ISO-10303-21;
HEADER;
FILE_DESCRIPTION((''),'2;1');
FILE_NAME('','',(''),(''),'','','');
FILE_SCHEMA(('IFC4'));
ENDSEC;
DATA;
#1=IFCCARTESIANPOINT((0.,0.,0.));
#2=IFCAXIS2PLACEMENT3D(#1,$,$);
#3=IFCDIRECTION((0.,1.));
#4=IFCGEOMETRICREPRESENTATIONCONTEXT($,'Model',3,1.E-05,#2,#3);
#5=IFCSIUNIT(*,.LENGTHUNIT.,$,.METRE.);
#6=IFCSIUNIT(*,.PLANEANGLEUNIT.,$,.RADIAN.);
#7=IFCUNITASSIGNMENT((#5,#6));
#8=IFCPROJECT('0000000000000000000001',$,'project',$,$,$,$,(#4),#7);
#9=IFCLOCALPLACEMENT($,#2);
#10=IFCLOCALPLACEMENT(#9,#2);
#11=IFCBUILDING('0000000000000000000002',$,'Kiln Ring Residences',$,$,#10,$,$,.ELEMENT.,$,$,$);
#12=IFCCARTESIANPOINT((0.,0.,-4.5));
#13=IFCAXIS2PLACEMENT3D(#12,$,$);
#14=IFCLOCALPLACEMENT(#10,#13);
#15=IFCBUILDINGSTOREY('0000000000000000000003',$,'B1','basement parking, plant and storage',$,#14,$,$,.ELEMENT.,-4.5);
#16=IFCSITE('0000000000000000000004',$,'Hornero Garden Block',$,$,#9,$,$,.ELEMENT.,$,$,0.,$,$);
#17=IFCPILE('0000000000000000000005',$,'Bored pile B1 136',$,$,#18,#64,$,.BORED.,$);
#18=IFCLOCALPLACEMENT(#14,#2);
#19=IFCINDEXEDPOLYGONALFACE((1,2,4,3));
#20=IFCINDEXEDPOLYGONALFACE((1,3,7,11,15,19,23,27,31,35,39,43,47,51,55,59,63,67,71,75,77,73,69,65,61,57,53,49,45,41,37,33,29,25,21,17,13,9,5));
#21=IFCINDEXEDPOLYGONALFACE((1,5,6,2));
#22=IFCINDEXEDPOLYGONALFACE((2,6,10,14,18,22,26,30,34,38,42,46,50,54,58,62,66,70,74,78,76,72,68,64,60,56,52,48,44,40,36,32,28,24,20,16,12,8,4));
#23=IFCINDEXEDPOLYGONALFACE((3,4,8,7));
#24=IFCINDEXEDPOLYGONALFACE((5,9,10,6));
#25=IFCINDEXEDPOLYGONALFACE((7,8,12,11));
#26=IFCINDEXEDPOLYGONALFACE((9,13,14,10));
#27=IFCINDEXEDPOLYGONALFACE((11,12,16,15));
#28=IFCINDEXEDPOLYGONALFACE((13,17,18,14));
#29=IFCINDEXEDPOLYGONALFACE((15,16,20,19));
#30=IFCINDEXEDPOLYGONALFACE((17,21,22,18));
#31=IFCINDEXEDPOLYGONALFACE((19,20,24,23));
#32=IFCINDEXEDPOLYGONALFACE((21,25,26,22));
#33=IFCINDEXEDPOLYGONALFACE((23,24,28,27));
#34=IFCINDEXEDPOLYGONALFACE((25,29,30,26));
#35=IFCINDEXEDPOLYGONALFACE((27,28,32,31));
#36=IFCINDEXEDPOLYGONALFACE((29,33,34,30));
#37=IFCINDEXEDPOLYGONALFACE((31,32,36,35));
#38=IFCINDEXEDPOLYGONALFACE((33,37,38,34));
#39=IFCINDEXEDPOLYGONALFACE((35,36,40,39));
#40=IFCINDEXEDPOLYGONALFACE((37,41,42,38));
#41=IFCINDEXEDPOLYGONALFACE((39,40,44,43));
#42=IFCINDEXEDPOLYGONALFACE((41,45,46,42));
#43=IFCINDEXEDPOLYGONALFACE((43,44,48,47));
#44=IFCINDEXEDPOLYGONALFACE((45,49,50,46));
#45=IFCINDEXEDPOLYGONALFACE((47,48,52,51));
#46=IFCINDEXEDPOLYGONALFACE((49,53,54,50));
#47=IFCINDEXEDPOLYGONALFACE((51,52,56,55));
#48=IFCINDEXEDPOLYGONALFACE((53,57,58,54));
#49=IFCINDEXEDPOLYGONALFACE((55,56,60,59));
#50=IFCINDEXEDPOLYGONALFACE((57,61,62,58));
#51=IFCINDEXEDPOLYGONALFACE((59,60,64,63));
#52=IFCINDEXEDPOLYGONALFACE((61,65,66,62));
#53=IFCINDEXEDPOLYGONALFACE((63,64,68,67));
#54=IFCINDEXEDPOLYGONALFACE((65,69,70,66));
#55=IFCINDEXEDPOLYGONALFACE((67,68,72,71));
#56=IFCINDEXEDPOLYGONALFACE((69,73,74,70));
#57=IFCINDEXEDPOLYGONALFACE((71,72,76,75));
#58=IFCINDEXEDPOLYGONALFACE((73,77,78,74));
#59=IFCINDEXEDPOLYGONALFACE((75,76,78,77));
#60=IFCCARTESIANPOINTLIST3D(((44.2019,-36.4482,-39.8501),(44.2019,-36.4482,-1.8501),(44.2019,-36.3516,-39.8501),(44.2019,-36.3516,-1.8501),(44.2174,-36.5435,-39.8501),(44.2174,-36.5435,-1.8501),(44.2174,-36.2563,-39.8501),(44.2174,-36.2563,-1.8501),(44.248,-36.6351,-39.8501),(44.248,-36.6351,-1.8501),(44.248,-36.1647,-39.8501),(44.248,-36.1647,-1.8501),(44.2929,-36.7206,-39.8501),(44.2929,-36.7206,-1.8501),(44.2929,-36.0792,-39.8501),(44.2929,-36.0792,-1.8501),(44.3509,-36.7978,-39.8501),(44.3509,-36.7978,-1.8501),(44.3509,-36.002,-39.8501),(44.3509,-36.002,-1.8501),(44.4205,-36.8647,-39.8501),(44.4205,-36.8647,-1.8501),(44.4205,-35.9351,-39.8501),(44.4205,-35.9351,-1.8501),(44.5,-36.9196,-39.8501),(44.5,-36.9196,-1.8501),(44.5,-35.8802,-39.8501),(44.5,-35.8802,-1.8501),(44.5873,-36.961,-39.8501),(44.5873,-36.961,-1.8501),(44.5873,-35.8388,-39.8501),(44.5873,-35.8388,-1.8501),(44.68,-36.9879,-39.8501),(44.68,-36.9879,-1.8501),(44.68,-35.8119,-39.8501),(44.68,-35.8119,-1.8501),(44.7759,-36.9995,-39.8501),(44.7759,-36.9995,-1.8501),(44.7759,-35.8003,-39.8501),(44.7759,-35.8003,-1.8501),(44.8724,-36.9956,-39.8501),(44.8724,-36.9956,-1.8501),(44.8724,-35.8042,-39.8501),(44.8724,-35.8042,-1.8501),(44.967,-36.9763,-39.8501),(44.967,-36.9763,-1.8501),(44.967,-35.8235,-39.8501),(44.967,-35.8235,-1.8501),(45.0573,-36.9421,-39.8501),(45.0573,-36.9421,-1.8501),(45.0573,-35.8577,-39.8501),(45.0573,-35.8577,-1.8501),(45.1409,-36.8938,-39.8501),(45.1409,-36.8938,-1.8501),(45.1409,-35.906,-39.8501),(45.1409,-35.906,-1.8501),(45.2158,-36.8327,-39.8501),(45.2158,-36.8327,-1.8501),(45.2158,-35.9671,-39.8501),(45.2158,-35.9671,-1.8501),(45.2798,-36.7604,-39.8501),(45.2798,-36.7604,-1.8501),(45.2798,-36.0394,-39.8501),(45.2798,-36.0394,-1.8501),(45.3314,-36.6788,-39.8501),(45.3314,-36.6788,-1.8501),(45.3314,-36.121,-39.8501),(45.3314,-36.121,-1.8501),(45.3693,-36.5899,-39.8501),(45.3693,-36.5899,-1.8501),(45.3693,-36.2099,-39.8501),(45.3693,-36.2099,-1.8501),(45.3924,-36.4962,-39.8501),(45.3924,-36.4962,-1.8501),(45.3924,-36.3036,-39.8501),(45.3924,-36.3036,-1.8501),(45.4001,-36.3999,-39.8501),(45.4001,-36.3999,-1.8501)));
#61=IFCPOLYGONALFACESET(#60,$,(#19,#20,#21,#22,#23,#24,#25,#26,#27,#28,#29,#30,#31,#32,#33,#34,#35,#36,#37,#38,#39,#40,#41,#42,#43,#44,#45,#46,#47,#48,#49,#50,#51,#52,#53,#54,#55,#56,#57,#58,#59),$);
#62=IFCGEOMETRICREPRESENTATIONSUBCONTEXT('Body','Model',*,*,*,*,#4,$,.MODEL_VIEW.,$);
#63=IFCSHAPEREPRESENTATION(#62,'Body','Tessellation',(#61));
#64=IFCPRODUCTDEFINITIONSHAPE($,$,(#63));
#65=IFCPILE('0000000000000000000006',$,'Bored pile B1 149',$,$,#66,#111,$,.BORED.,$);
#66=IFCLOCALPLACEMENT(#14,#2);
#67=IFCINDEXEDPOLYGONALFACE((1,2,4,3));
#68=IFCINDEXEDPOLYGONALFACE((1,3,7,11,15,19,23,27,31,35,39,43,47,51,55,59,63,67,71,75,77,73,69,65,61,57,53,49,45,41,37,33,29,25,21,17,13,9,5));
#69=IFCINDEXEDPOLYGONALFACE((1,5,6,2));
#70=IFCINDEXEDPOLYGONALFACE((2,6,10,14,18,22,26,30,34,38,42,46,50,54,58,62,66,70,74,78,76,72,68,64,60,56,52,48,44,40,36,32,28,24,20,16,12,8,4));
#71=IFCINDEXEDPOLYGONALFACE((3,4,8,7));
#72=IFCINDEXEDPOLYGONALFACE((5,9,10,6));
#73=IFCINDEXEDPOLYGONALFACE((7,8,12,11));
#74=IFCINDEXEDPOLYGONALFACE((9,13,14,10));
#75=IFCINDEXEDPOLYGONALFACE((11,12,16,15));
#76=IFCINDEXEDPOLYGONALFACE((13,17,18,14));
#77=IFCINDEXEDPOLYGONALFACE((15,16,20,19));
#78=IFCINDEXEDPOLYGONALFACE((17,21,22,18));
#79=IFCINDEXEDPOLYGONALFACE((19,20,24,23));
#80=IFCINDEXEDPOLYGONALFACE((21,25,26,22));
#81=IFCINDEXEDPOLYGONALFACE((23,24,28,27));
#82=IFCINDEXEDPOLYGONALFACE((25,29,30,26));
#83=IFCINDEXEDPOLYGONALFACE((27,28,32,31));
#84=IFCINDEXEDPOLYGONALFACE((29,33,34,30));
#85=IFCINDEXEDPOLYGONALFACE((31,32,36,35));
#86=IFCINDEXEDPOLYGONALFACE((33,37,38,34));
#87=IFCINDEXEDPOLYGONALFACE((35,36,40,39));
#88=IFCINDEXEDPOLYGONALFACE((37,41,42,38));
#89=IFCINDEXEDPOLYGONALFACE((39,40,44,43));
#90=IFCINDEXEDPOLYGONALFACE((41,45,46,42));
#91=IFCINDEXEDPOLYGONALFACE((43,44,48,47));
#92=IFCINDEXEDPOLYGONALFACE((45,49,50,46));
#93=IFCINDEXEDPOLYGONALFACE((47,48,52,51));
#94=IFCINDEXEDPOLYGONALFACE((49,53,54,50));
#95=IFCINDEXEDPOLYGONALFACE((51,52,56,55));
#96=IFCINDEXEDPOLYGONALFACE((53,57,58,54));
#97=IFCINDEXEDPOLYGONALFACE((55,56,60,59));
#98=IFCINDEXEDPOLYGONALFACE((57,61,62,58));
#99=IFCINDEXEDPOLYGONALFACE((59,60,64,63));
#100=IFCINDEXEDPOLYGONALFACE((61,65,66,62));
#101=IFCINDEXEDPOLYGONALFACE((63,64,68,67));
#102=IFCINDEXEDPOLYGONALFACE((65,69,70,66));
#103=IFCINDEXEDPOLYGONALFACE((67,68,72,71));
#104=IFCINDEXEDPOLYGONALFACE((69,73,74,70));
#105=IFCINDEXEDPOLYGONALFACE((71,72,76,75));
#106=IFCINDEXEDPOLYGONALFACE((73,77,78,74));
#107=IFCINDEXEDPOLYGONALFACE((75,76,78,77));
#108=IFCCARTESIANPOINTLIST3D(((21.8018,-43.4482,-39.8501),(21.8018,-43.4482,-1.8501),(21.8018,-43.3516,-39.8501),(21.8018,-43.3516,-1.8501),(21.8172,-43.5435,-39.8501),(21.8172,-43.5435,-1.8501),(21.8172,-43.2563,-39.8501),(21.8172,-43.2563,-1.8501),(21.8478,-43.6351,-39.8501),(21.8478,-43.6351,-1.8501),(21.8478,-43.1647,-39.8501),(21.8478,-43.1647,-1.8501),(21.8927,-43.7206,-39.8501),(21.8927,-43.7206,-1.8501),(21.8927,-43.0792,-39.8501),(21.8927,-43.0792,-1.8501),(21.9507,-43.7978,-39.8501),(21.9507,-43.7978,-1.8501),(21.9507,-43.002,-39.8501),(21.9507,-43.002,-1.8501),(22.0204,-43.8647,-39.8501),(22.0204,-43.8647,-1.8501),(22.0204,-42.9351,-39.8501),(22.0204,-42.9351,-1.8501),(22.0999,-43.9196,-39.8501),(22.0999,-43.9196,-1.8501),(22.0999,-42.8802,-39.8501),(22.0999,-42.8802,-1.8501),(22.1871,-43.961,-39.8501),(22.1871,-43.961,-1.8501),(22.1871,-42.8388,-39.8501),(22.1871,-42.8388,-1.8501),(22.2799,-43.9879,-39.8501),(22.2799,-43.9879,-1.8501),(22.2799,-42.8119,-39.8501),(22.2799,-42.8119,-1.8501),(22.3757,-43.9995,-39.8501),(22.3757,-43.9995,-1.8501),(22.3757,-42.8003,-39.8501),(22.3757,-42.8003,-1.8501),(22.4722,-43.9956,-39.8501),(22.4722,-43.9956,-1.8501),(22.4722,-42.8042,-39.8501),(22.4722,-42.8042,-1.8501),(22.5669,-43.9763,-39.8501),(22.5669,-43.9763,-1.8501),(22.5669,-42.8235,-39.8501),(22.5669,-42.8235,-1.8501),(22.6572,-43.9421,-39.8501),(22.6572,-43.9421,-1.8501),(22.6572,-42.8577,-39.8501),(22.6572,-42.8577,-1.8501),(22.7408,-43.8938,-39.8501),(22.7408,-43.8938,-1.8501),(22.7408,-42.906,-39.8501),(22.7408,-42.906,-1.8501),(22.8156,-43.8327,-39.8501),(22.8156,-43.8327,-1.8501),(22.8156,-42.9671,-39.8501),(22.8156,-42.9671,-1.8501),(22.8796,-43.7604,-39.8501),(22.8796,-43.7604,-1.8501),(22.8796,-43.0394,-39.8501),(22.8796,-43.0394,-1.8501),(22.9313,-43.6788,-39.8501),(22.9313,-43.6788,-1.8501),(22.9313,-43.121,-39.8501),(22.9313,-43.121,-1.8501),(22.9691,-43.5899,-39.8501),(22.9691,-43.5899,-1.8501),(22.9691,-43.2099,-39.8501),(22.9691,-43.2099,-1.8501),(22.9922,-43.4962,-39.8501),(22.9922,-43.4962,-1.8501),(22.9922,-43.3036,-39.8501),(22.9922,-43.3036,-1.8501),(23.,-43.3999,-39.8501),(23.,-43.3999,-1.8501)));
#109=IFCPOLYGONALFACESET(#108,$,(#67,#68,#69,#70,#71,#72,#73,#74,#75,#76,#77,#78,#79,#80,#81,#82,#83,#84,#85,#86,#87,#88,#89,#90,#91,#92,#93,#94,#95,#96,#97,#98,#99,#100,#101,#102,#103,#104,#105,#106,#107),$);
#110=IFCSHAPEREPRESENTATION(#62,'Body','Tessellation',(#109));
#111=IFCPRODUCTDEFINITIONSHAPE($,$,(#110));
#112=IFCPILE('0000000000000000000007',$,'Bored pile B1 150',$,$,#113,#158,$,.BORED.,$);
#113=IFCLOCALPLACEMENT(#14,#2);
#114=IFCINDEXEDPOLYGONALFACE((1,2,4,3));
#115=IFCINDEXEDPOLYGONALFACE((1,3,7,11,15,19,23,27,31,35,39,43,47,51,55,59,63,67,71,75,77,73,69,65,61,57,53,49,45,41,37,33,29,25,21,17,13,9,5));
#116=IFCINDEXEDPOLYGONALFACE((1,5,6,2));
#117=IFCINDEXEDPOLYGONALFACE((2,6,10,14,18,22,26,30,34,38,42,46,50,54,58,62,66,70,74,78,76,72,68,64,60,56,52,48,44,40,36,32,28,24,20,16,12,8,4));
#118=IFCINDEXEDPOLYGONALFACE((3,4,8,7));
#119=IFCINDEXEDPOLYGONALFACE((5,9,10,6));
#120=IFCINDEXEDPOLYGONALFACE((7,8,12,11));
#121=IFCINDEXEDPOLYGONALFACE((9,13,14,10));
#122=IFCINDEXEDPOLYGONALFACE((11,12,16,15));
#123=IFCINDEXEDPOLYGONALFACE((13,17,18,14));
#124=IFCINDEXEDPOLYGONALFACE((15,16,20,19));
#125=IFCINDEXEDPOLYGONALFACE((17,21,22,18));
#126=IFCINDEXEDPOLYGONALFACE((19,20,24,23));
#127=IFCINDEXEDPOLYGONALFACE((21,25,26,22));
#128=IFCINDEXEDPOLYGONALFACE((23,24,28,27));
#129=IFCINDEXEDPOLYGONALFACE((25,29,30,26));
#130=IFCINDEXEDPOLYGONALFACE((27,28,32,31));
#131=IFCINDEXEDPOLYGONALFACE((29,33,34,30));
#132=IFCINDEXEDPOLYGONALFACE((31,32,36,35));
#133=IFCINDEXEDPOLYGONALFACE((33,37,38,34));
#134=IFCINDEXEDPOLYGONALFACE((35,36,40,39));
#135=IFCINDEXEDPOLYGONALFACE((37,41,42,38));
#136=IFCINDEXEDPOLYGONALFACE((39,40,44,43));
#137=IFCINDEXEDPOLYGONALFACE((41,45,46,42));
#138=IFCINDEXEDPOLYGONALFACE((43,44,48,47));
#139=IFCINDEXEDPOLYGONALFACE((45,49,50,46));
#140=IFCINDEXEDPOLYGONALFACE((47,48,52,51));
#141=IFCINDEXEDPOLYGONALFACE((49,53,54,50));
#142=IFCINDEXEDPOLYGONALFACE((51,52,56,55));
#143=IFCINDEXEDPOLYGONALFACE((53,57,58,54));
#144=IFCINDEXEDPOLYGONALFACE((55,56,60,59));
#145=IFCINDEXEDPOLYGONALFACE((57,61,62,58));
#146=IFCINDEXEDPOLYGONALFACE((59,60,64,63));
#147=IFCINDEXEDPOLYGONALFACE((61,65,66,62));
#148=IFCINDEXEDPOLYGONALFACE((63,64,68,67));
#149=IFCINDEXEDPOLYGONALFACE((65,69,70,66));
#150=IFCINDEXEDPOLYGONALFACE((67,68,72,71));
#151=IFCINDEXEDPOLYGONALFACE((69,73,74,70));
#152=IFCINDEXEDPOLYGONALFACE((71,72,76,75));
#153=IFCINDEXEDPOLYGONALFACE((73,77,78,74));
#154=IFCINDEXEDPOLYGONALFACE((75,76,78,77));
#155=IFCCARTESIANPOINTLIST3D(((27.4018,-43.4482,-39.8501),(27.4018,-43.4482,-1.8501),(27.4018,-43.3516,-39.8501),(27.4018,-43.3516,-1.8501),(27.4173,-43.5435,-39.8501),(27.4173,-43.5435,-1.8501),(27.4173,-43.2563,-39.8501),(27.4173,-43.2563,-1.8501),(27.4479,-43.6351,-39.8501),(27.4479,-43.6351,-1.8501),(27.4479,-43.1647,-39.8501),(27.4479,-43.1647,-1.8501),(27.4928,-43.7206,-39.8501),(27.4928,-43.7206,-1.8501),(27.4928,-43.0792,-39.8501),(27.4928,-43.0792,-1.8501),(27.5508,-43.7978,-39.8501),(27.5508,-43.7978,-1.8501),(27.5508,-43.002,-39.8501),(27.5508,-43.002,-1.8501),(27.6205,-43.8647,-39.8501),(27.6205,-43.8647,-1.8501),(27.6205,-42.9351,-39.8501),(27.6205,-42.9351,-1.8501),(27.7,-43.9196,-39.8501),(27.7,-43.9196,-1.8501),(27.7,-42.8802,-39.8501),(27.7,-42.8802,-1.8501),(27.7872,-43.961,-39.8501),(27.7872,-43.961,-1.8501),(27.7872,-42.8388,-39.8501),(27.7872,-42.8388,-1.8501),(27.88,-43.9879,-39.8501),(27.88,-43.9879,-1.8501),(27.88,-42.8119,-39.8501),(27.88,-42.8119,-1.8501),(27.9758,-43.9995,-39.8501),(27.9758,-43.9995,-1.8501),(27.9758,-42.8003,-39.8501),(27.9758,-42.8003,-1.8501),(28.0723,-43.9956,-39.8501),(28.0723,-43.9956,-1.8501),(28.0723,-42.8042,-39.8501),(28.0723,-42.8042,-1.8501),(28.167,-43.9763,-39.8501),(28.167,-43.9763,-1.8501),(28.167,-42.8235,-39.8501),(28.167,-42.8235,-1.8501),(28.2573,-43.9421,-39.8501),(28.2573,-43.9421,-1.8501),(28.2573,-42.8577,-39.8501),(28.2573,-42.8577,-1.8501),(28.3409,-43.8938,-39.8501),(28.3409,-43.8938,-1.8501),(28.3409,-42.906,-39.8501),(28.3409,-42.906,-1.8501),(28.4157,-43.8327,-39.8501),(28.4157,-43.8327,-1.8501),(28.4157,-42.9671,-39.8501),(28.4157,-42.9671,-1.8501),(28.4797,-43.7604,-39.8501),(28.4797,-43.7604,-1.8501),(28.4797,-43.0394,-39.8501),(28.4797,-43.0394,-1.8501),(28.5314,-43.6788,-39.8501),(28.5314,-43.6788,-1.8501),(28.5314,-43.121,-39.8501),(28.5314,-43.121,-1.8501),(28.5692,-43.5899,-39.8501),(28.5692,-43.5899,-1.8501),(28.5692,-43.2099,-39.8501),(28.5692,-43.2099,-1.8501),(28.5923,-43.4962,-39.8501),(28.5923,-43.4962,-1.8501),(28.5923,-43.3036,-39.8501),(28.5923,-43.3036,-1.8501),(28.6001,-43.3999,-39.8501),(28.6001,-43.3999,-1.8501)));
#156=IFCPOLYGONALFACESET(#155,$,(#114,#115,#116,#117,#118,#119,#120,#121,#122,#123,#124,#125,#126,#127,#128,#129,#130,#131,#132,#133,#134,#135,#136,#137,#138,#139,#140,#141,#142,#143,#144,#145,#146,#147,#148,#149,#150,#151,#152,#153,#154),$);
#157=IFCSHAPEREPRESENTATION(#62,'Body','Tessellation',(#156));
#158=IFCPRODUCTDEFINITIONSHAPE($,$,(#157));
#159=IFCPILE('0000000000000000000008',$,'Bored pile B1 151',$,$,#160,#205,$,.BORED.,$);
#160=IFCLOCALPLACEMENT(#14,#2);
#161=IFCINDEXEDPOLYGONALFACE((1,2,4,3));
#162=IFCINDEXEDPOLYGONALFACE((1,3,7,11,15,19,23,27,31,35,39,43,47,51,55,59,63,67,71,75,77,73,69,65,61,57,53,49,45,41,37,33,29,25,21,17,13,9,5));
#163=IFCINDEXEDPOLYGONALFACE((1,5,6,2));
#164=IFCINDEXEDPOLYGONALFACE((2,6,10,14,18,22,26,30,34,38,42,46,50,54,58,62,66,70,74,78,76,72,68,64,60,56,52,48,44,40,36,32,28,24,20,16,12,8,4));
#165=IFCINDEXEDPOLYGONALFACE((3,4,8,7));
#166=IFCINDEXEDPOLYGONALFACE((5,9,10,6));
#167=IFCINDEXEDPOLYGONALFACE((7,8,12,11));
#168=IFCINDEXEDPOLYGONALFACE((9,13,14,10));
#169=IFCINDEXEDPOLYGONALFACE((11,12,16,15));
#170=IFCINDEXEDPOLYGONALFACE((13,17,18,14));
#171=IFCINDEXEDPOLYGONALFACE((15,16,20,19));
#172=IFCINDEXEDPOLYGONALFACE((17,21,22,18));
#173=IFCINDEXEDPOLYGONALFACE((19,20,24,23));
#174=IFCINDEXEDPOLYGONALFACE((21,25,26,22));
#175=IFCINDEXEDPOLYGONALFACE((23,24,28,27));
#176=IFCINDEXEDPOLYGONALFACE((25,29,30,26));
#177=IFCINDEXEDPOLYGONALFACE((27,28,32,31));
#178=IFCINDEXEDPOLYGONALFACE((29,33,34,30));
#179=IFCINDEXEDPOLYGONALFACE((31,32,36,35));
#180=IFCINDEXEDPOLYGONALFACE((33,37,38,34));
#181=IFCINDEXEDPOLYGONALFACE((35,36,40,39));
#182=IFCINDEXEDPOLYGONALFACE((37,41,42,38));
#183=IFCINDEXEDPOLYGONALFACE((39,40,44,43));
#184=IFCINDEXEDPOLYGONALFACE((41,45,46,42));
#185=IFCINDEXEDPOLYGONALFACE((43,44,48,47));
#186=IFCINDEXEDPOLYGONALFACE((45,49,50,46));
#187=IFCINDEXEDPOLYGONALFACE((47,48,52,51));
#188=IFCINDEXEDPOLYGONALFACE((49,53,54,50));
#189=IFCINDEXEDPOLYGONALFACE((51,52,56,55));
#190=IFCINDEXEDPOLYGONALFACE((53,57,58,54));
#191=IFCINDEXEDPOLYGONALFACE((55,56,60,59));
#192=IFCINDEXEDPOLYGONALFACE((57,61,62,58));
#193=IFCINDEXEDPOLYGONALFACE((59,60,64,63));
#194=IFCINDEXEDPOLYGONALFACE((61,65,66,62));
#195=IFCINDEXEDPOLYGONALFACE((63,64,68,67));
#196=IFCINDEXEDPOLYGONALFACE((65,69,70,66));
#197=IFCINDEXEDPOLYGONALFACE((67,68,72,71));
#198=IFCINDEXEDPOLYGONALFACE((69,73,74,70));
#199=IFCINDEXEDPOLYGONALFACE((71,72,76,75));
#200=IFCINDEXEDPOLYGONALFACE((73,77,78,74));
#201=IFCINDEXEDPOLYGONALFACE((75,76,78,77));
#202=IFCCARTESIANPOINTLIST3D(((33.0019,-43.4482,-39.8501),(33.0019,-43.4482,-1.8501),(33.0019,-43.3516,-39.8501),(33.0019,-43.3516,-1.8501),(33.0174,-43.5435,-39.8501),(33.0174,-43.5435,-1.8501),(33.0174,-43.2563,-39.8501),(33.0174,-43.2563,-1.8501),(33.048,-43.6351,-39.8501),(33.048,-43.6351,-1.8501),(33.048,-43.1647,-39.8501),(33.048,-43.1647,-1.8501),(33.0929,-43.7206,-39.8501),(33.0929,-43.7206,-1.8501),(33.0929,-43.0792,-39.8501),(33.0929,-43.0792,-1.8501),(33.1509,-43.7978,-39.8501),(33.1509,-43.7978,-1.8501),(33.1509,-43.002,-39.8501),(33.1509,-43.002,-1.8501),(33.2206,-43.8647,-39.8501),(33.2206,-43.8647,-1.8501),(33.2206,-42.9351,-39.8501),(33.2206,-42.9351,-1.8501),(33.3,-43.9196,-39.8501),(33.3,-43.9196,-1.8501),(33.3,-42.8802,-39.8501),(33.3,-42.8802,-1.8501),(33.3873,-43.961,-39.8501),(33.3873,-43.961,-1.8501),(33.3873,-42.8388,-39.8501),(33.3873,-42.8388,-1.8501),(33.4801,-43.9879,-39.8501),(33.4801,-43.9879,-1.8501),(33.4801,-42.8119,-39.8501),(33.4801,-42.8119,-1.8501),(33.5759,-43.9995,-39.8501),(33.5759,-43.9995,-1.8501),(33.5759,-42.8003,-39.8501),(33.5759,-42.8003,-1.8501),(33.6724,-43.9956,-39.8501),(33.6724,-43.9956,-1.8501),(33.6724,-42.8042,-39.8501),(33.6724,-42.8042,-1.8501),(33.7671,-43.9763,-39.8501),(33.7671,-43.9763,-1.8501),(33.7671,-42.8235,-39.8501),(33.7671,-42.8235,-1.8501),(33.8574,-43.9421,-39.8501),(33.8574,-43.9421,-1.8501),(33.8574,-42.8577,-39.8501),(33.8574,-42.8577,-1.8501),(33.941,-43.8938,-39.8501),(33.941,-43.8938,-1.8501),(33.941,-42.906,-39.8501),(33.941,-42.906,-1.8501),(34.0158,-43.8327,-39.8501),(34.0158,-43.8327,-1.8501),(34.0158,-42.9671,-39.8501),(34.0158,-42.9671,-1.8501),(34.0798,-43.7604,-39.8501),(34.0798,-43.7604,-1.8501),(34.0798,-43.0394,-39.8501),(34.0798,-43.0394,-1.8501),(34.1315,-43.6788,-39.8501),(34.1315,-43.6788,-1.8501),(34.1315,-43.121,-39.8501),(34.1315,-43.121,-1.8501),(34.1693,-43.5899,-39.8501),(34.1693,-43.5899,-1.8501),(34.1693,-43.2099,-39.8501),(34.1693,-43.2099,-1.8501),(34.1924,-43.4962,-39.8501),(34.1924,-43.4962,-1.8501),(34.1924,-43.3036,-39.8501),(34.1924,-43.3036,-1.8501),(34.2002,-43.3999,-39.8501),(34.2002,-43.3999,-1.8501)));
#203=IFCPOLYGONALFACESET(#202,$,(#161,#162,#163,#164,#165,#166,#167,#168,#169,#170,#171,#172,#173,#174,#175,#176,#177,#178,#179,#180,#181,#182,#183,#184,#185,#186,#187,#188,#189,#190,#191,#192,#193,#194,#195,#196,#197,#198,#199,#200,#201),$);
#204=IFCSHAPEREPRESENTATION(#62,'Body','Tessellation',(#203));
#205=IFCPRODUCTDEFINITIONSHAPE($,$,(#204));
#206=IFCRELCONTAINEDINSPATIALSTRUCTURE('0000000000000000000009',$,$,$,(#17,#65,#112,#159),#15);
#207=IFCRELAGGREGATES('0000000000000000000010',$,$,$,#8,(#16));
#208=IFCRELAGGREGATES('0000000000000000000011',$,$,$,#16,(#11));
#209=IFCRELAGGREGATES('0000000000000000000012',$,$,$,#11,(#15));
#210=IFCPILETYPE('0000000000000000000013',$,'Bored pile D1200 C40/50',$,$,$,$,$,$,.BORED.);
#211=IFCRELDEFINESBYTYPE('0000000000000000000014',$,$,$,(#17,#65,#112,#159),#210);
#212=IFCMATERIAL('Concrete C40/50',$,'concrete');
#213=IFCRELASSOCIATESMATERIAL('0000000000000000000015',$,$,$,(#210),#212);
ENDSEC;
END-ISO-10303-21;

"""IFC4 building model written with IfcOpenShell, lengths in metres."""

from ifc_helpers import new_model, si_unit, direction, frame, origin, origin_2d, place, context, subcontext, project, spatial, circle, extrude, material, material_profile, profile_set, type_object, element, save


model = new_model("IFC4")

# Units and contexts
model_context = context("Model", 3, precision=1e-05, world=origin(), true_north=direction((0.0, 1.0)))
body_context = subcontext(model_context, "Body", "Model", "MODEL_VIEW")
ifc_project = project(units=[si_unit("LENGTHUNIT", "METRE"), si_unit("PLANEANGLEUNIT", "RADIAN")], contexts=[model_context])

# Site, building, storey
site_placement = place(None, origin())
site = spatial("IfcSite", under=ifc_project, at=site_placement, Name="Hornero Garden Block", CompositionType="ELEMENT", RefElevation=0.0)
building_placement = place(site_placement, origin())
building = spatial("IfcBuilding", under=site, at=building_placement, Name="Kiln Ring Residences", CompositionType="ELEMENT")
storey_placement = place(building_placement, frame((0.0, 0.0, -4.5)))
storey = spatial("IfcBuildingStorey", under=building, at=storey_placement, Name="B1", Description="basement parking, plant and storage", CompositionType="ELEMENT", Elevation=-4.5)

# Piles
ifc_material_1 = material(Name="Concrete C40/50", Category="concrete")
ifc_material_profile_1 = material_profile(ifc_material_1, circle(Radius=0.6001, at=origin_2d()), Name="BORED1200")
ifc_profile_set_1 = profile_set([ifc_material_profile_1], Name="Concrete C40/50")
pile_type = type_object("IfcPileType", Name="Bored pile D1200 C40/50", PredefinedType="BORED", material=ifc_profile_set_1)
for number, where, z_axis, x_axis, name in (
    (1, (44.8, -36.3999, -1.8501), (0.0, 0.0, -1.0), (1.0, 0.0, 0.0), "Bored pile B1 136"),
    (2, (22.3999, -43.3999, -1.8501), (0.0, 0.0, -1.0), (1.0, 0.0, 0.0), "Bored pile B1 149"),
    (3, (28.0, -43.3999, -1.8501), (0.0, 0.0, -1.0), (1.0, 0.0, 0.0), "Bored pile B1 150"),
    (4, (33.6001, -43.3999, -1.8501), (0.0, 0.0, -1.0), (1.0, 0.0, 0.0), "Bored pile B1 151"),
):
    element("IfcPile", number, at=place(storey_placement, frame(where, z_axis=z_axis, x_axis=x_axis)), inside=storey, type_object=pile_type, Name=name, PredefinedType="BORED", context=body_context, shape_type="SweptSolid", body=[
        extrude(circle(Radius=0.6001, at=origin_2d()), origin(), (0.0, 0.0, 1.0), 38.0),
    ])

save(model, "model.ifc")
